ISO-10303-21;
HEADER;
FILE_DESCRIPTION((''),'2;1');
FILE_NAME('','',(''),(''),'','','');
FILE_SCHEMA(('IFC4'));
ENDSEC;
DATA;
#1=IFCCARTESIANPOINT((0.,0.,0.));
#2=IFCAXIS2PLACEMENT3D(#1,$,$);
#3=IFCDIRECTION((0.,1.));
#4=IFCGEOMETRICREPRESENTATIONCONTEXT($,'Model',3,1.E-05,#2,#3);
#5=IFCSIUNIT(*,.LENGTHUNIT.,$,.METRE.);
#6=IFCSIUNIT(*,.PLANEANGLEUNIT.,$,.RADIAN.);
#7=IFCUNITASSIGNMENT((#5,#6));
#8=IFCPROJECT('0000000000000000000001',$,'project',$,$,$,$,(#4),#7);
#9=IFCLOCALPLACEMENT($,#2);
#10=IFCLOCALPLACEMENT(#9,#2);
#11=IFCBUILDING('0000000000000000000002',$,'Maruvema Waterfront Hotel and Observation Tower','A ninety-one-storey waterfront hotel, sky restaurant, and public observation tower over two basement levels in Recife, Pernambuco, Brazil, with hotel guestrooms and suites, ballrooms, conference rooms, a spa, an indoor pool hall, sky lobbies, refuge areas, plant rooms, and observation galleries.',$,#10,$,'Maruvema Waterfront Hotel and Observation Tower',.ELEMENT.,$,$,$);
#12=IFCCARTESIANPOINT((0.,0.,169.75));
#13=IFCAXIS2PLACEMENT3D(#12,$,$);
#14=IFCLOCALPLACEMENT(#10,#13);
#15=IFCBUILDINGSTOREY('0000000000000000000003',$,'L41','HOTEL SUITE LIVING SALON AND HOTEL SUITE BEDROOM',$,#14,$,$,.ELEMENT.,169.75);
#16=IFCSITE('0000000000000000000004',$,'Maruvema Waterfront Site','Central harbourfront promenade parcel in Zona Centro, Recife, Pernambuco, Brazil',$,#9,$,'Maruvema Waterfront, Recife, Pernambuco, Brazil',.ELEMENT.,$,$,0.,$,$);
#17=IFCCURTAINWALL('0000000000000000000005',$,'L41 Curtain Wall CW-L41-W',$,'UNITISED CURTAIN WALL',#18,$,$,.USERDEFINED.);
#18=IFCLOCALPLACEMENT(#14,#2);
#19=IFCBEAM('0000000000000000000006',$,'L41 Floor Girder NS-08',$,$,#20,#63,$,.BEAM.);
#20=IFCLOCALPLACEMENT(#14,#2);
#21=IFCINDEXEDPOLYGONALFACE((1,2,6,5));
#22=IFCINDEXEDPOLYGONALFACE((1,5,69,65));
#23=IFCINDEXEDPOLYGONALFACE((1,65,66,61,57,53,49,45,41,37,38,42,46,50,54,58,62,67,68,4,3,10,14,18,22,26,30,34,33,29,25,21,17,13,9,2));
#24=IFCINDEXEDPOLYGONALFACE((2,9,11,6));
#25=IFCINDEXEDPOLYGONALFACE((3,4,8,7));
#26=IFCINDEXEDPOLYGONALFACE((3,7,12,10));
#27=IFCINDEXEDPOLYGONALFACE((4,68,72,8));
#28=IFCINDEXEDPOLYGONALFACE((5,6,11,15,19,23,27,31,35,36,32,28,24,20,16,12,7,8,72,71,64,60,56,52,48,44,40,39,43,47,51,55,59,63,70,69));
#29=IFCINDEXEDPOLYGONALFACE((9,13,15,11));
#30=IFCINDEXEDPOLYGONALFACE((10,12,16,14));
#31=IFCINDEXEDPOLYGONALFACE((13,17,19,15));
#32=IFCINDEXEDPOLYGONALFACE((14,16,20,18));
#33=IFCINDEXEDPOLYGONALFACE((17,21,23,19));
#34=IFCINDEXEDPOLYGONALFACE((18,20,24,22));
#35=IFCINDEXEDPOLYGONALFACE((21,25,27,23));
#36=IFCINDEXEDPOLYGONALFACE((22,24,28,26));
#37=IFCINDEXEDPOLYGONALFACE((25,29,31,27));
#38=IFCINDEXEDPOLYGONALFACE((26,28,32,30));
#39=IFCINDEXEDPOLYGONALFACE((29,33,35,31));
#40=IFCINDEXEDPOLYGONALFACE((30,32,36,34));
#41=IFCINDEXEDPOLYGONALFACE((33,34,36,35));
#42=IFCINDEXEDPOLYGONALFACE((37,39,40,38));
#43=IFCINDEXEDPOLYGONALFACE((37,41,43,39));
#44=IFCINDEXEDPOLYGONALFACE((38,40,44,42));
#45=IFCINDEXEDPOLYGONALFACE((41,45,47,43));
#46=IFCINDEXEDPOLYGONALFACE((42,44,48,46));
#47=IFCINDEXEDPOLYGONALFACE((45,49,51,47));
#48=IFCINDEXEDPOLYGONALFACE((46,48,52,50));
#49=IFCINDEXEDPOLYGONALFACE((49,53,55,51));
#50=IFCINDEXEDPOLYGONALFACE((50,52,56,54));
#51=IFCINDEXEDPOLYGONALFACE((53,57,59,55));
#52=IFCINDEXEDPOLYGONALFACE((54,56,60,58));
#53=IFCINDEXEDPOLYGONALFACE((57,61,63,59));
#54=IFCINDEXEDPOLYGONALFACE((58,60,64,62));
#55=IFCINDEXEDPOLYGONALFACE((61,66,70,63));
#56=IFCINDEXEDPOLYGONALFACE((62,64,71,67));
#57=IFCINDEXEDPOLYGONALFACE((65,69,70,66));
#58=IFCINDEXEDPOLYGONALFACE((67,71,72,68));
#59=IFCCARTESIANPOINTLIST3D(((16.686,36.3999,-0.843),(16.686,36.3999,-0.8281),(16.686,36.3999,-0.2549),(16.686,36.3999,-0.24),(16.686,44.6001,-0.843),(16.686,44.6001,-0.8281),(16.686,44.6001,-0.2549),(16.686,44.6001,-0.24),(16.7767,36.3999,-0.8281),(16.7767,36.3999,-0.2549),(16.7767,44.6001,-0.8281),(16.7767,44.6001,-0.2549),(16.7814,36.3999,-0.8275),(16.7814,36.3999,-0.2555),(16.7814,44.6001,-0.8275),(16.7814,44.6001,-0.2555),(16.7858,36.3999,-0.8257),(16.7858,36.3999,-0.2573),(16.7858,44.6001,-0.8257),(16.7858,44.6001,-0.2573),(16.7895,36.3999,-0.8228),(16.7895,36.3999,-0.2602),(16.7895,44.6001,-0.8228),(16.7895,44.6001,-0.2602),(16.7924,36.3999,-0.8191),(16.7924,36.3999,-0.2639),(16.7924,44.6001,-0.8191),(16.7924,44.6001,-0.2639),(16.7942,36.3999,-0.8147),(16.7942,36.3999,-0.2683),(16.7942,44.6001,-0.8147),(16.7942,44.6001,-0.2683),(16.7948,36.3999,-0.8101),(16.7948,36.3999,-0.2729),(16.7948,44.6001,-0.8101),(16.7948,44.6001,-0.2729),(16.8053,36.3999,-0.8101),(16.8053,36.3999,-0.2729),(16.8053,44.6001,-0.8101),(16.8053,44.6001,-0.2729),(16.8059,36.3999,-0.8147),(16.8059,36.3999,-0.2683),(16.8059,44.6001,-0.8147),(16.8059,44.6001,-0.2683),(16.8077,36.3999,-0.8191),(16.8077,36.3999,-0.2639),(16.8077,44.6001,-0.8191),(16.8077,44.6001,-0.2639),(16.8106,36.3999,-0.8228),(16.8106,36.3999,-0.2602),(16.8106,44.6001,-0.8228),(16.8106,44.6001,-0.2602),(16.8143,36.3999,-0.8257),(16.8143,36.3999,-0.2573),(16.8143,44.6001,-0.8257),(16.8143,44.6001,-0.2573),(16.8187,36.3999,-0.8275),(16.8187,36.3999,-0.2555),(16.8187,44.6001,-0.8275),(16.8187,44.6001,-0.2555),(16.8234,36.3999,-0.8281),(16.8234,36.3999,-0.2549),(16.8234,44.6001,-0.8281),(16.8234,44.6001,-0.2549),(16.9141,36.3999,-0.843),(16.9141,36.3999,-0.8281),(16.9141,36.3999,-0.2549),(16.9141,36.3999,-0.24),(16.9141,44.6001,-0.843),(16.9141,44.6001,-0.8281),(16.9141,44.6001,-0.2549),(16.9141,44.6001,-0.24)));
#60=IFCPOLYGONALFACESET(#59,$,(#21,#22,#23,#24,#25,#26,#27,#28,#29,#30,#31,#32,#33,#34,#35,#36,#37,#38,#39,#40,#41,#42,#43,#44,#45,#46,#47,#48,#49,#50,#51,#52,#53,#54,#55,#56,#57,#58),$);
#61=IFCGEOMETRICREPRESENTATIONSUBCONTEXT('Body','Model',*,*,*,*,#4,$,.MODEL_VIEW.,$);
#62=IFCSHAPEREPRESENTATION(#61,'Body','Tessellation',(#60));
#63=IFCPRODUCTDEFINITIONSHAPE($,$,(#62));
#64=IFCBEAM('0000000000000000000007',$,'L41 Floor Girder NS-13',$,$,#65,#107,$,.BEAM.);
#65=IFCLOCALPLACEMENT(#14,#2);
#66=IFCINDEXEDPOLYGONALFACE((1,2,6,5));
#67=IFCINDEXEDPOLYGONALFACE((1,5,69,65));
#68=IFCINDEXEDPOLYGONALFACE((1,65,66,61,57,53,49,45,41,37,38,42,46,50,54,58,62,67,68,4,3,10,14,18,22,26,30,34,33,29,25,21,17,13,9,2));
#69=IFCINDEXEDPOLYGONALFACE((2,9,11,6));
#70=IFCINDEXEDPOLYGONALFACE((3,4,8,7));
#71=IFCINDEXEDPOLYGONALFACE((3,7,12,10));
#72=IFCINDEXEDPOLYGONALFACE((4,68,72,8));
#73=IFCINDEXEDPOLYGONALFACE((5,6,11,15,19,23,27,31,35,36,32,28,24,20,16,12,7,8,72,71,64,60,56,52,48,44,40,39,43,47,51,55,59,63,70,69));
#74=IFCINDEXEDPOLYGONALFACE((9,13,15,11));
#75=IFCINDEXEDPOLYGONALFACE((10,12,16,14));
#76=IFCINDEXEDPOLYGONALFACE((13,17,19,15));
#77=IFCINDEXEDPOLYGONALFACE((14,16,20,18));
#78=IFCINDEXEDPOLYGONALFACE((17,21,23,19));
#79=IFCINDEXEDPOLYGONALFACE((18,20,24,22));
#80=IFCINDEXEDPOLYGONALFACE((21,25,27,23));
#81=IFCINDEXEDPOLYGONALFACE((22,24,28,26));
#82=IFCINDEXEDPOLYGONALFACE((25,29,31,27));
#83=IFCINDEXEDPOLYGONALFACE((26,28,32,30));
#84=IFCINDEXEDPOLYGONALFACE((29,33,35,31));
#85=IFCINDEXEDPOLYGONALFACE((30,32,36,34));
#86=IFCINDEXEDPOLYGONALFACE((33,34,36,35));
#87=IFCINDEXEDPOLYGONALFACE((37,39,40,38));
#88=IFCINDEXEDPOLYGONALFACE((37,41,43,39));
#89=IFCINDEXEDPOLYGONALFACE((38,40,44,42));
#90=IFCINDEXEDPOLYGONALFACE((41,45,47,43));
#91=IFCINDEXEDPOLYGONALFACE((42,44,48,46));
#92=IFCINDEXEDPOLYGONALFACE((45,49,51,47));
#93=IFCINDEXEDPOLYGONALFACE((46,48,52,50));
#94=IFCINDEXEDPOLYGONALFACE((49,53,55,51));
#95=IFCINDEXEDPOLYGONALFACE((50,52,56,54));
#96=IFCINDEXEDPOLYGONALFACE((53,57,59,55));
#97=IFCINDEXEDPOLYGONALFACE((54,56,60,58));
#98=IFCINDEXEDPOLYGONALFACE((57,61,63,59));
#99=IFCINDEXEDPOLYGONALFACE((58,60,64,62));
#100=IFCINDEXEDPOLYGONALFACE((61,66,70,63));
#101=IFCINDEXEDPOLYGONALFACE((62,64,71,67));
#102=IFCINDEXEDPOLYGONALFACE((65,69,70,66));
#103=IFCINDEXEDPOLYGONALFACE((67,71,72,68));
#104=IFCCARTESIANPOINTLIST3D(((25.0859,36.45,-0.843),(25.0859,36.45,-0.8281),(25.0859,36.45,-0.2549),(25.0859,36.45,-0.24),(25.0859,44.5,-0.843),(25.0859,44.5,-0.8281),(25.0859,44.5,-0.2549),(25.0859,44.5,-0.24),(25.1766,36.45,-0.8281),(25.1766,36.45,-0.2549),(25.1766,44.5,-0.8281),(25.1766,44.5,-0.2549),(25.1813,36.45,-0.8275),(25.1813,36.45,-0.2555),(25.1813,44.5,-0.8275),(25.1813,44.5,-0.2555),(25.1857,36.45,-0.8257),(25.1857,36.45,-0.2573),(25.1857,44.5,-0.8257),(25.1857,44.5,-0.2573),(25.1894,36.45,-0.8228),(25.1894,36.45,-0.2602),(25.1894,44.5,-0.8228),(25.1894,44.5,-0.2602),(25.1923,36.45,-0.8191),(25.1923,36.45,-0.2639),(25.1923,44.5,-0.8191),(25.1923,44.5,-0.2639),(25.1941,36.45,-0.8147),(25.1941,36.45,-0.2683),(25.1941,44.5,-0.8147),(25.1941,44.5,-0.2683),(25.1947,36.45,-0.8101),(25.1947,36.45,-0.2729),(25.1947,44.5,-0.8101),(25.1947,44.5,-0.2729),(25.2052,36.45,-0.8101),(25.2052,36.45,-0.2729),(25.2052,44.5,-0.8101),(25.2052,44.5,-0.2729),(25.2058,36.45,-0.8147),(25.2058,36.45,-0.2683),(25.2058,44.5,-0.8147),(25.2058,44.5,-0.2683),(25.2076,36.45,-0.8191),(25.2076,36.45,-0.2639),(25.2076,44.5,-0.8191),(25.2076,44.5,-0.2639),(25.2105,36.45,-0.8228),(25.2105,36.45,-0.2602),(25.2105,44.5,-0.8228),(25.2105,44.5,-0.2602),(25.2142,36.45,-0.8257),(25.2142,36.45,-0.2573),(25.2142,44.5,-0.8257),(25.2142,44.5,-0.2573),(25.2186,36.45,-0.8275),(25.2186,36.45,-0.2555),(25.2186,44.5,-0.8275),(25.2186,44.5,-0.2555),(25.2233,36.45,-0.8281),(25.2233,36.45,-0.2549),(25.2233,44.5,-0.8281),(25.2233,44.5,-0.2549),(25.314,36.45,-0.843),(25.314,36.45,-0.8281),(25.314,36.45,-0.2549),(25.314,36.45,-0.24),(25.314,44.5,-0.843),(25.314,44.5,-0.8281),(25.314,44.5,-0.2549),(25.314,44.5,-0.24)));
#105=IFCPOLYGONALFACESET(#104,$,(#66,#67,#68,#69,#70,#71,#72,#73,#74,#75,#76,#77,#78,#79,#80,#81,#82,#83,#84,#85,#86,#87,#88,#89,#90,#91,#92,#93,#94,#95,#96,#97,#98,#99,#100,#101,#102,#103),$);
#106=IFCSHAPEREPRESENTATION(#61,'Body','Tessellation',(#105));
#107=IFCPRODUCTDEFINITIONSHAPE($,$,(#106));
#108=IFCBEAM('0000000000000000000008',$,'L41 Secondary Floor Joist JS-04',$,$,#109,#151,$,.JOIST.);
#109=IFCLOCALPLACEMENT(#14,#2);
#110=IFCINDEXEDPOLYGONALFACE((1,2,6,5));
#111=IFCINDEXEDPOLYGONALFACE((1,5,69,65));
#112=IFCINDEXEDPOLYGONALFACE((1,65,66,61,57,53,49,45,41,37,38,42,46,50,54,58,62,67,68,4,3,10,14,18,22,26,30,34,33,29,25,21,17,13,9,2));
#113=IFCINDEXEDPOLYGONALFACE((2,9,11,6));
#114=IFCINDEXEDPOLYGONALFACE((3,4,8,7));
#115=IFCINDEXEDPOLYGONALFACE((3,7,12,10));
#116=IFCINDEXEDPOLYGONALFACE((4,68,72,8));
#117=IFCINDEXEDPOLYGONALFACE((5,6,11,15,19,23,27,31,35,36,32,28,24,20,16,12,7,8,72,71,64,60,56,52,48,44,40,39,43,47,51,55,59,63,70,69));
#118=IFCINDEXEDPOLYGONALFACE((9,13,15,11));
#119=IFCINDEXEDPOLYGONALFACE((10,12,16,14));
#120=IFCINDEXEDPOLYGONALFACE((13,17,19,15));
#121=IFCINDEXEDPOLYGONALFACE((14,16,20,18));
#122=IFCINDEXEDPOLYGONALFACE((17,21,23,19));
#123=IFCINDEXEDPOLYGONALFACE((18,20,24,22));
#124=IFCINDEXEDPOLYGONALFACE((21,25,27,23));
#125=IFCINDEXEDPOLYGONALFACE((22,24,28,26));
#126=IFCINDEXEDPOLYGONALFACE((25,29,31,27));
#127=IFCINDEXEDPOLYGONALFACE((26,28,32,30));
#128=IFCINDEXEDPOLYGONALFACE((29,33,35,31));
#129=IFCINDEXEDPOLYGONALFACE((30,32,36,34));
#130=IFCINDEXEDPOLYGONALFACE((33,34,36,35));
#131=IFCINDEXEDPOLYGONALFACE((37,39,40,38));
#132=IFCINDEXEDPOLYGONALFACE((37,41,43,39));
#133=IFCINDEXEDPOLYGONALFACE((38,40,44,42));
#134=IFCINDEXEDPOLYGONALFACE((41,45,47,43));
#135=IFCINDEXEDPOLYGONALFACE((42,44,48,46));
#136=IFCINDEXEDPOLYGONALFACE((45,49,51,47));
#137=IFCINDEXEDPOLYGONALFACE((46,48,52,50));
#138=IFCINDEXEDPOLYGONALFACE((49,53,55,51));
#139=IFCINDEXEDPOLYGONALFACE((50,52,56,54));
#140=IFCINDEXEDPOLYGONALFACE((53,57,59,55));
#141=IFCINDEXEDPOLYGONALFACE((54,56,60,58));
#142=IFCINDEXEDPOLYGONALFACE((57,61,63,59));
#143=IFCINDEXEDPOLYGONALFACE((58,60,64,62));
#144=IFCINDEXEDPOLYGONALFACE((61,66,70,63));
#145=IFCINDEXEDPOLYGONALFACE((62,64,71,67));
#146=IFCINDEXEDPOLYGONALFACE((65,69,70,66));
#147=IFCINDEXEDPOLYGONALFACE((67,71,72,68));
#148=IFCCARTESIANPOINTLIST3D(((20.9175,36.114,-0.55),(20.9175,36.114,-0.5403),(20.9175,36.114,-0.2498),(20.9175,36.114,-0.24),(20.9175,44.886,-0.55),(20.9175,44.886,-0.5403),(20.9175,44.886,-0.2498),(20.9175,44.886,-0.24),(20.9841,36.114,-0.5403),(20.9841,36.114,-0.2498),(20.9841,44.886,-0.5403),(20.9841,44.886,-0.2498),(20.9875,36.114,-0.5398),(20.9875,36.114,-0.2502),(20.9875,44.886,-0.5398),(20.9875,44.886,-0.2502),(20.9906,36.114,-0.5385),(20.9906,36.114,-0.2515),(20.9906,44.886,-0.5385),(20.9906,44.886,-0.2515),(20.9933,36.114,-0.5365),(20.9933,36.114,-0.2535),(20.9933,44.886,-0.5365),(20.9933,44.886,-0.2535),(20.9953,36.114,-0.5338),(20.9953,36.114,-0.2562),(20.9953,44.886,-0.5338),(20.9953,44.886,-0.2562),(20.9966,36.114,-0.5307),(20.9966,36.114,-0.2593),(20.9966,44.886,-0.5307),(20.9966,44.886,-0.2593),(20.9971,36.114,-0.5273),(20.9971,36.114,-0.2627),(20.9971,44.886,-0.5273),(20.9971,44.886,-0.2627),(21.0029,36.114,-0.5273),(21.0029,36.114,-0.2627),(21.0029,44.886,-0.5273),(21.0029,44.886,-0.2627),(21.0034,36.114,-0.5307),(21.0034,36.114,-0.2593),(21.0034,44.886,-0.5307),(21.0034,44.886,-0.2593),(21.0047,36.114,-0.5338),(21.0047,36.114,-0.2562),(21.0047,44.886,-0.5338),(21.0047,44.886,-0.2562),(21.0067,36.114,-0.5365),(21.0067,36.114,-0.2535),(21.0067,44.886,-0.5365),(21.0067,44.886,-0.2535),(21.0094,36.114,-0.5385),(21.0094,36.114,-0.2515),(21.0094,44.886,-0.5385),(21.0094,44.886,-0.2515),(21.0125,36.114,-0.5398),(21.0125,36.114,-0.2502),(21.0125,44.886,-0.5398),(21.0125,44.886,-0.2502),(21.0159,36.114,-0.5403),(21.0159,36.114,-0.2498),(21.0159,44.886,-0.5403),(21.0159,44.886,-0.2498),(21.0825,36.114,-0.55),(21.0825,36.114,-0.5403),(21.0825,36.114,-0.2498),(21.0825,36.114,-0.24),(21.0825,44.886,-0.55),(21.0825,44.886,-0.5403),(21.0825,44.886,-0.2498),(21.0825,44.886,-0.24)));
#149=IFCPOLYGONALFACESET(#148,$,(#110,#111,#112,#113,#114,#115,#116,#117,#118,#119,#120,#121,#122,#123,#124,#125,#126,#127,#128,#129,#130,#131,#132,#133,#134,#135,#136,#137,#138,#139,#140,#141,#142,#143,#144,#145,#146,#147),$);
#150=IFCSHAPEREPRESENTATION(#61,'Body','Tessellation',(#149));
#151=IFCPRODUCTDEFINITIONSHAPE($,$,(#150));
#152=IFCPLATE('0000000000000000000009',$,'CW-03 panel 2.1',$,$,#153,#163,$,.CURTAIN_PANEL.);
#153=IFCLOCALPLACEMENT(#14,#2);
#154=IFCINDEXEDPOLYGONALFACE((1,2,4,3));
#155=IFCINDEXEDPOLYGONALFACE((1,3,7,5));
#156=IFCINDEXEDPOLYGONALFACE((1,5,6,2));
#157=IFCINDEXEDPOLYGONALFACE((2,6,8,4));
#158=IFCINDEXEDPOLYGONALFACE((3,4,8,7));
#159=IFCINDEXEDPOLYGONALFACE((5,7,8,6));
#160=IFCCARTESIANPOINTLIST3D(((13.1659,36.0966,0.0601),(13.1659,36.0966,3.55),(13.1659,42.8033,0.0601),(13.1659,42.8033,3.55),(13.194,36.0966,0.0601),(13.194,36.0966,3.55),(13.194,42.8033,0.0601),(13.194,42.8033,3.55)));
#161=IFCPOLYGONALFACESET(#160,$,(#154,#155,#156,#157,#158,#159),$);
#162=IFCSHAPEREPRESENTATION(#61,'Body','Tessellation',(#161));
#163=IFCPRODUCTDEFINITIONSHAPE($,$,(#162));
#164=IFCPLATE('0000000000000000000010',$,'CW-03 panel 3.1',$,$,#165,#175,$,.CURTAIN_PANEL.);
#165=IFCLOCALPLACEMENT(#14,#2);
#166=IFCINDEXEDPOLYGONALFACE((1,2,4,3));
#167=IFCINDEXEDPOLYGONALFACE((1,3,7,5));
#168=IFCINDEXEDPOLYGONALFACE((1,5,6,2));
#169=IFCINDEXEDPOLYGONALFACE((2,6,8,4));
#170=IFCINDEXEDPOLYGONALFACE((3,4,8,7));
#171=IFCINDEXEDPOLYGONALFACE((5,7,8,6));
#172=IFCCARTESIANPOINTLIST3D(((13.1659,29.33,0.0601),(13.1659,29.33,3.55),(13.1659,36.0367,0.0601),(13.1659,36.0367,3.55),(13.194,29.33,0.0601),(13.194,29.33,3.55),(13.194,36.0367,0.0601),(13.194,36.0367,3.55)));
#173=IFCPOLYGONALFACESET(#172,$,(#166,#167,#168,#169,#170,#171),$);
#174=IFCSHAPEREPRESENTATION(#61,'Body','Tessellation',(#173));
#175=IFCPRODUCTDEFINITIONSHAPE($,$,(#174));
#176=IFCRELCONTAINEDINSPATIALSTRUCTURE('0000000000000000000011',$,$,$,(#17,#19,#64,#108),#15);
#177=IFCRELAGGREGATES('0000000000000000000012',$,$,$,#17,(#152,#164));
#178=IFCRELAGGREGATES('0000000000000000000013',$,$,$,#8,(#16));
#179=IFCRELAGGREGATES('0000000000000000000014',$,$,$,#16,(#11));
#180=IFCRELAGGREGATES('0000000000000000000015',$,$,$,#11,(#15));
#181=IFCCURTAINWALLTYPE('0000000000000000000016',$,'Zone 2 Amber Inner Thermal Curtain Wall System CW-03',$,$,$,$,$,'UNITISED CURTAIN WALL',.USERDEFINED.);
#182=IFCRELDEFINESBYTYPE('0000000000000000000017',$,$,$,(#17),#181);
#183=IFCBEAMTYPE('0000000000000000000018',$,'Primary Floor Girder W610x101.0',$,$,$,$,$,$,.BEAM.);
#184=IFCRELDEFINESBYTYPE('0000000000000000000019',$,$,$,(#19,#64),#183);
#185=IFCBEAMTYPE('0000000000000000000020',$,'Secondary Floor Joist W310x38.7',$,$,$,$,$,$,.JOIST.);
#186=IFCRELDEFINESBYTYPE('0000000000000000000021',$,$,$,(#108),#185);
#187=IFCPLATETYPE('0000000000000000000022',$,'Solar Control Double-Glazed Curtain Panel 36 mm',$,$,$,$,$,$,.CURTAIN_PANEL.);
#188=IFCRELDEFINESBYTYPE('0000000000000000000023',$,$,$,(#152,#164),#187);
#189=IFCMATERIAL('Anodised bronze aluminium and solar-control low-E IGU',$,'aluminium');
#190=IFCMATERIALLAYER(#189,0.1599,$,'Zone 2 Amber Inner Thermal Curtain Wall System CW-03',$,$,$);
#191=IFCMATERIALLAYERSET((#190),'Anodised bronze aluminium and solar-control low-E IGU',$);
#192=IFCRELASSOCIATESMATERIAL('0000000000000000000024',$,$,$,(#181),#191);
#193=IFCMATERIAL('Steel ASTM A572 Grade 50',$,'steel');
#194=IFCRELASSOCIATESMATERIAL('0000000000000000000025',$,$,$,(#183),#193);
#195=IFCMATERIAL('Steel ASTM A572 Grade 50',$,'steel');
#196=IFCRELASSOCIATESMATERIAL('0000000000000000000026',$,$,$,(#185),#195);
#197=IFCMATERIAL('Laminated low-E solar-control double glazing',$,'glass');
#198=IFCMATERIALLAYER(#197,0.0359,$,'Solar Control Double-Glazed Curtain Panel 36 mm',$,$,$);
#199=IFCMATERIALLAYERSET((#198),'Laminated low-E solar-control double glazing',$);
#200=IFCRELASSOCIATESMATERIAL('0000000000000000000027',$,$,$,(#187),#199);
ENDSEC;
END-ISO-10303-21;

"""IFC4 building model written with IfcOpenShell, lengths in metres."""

from ifc_helpers import new_model, si_unit, direction, frame, origin, origin_2d, place, context, subcontext, project, spatial, rectangle, i_section, extrude, material, layer, layer_set, material_profile, profile_set, type_object, element, aggregate, save


model = new_model("IFC4")

# Units and contexts
model_context = context("Model", 3, precision=1e-05, world=origin(), true_north=direction((0.0, 1.0)))
body_context = subcontext(model_context, "Body", "Model", "MODEL_VIEW")
ifc_project = project(units=[si_unit("LENGTHUNIT", "METRE"), si_unit("PLANEANGLEUNIT", "RADIAN")], contexts=[model_context])

# Site, building, storey
site_placement = place(None, origin())
site = spatial("IfcSite", under=ifc_project, at=site_placement, Name="Maruvema Waterfront Site", Description="Central harbourfront promenade parcel in Zona Centro, Recife, Pernambuco, Brazil", LongName="Maruvema Waterfront, Recife, Pernambuco, Brazil", CompositionType="ELEMENT", RefElevation=0.0)
building_placement = place(site_placement, origin())
building = spatial("IfcBuilding", under=site, at=building_placement, Name="Maruvema Waterfront Hotel and Observation Tower", Description="A ninety-one-storey waterfront hotel, sky restaurant, and public observation tower over two basement levels in Recife, Pernambuco, Brazil, with hotel guestrooms and suites, ballrooms, conference rooms, a spa, an indoor pool hall, sky lobbies, refuge areas, plant rooms, and observation galleries.", LongName="Maruvema Waterfront Hotel and Observation Tower", CompositionType="ELEMENT")
storey_placement = place(building_placement, frame((0.0, 0.0, 169.75)))
storey = spatial("IfcBuildingStorey", under=building, at=storey_placement, Name="L41", Description="HOTEL SUITE LIVING SALON AND HOTEL SUITE BEDROOM", CompositionType="ELEMENT", Elevation=169.75)

# Curtain wall
ifc_material_1 = material(Name="Anodised bronze aluminium and solar-control low-E IGU", Category="aluminium")
ifc_layer_1 = layer(ifc_material_1, 0.1599, Name="Zone 2 Amber Inner Thermal Curtain Wall System CW-03")
ifc_layer_set_1 = layer_set([ifc_layer_1], Name="Anodised bronze aluminium and solar-control low-E IGU")
curtain_wall_type = type_object("IfcCurtainWallType", Name="Zone 2 Amber Inner Thermal Curtain Wall System CW-03", ElementType="UNITISED CURTAIN WALL", PredefinedType="USERDEFINED", material=ifc_layer_set_1)
curtain_wall_placement = place(storey_placement, origin())
curtain_wall = element("IfcCurtainWall", 1, at=curtain_wall_placement, inside=storey, type_object=curtain_wall_type, Name="L41 Curtain Wall CW-L41-W", ObjectType="UNITISED CURTAIN WALL", PredefinedType="USERDEFINED")

# Beams
ifc_material_2 = material(Name="Steel ASTM A572 Grade 50", Category="steel")
ifc_material_profile_1 = material_profile(ifc_material_2, i_section(OverallWidth=0.228, OverallDepth=0.603, WebThickness=0.0105, FlangeThickness=0.0149, FilletRadius=0.0181, at=origin_2d()), Name="W610x101.0")
ifc_profile_set_1 = profile_set([ifc_material_profile_1], Name="Steel ASTM A572 Grade 50")
beam_type_1 = type_object("IfcBeamType", Name="Primary Floor Girder W610x101.0", PredefinedType="BEAM", material=ifc_profile_set_1)
beam_1_placement = place(storey_placement, frame((16.8, 36.3999, -0.5415), z_axis=(0.0, 1.0, 0.0), x_axis=(-1.0, 0.0, 0.0)))
element("IfcBeam", 2, at=beam_1_placement, inside=storey, type_object=beam_type_1, Name="L41 Floor Girder NS-08", PredefinedType="BEAM", context=body_context, shape_type="SweptSolid", body=[
    extrude(i_section(OverallWidth=0.228, OverallDepth=0.603, WebThickness=0.0105, FlangeThickness=0.0149, FilletRadius=0.0181, at=origin_2d()), origin(), (0.0, 0.0, 1.0), 8.2002),
])
beam_2_placement = place(storey_placement, frame((25.2, 36.45, -0.5415), z_axis=(0.0, 1.0, 0.0), x_axis=(-1.0, 0.0, 0.0)))
element("IfcBeam", 3, at=beam_2_placement, inside=storey, type_object=beam_type_1, Name="L41 Floor Girder NS-13", PredefinedType="BEAM", context=body_context, shape_type="SweptSolid", body=[
    extrude(i_section(OverallWidth=0.228, OverallDepth=0.603, WebThickness=0.0105, FlangeThickness=0.0149, FilletRadius=0.0181, at=origin_2d()), origin(), (0.0, 0.0, 1.0), 8.05),
])
ifc_material_3 = material(Name="Steel ASTM A572 Grade 50", Category="steel")
ifc_material_profile_2 = material_profile(ifc_material_3, i_section(OverallWidth=0.165, OverallDepth=0.3101, WebThickness=0.0059, FlangeThickness=0.0098, FilletRadius=0.0129, at=origin_2d()), Name="W310x38.7")
ifc_profile_set_2 = profile_set([ifc_material_profile_2], Name="Steel ASTM A572 Grade 50")
beam_type_2 = type_object("IfcBeamType", Name="Secondary Floor Joist W310x38.7", PredefinedType="JOIST", material=ifc_profile_set_2)
beam_3_placement = place(storey_placement, frame((21.0, 36.114, -0.395), z_axis=(0.0, 1.0, 0.0), x_axis=(-1.0, 0.0, 0.0)))
element("IfcBeam", 4, at=beam_3_placement, inside=storey, type_object=beam_type_2, Name="L41 Secondary Floor Joist JS-04", PredefinedType="JOIST", context=body_context, shape_type="SweptSolid", body=[
    extrude(i_section(OverallWidth=0.165, OverallDepth=0.3101, WebThickness=0.0059, FlangeThickness=0.0098, FilletRadius=0.0129, at=origin_2d()), origin(), (0.0, 0.0, 1.0), 8.772),
])

# Plates
ifc_material_4 = material(Name="Laminated low-E solar-control double glazing", Category="glass")
ifc_layer_2 = layer(ifc_material_4, 0.0359, Name="Solar Control Double-Glazed Curtain Panel 36 mm")
ifc_layer_set_2 = layer_set([ifc_layer_2], Name="Laminated low-E solar-control double glazing")
plate_type = type_object("IfcPlateType", Name="Solar Control Double-Glazed Curtain Panel 36 mm", PredefinedType="CURTAIN_PANEL", material=ifc_layer_set_2)
plate_1_placement = place(storey_placement, frame((13.1799, 39.45, 0.0601), z_axis=(0.0, 0.0, 1.0), x_axis=(0.0, -1.0, 0.0)))
plate_1 = element("IfcPlate", 5, at=plate_1_placement, type_object=plate_type, Name="CW-03 panel 2.1", PredefinedType="CURTAIN_PANEL", context=body_context, shape_type="SweptSolid", body=[
    extrude(rectangle(XDim=6.7068, YDim=0.0281, at=origin_2d()), origin(), (0.0, 0.0, 1.0), 3.49),
])
plate_2_placement = place(storey_placement, frame((13.1799, 32.6833, 0.0601), z_axis=(0.0, 0.0, 1.0), x_axis=(0.0, -1.0, 0.0)))
plate_2 = element("IfcPlate", 6, at=plate_2_placement, type_object=plate_type, Name="CW-03 panel 3.1", PredefinedType="CURTAIN_PANEL", context=body_context, shape_type="SweptSolid", body=[
    extrude(rectangle(XDim=6.7068, YDim=0.0281, at=origin_2d()), origin(), (0.0, 0.0, 1.0), 3.49),
])
aggregate(curtain_wall, [plate_1, plate_2])

save(model, "model.ifc")
